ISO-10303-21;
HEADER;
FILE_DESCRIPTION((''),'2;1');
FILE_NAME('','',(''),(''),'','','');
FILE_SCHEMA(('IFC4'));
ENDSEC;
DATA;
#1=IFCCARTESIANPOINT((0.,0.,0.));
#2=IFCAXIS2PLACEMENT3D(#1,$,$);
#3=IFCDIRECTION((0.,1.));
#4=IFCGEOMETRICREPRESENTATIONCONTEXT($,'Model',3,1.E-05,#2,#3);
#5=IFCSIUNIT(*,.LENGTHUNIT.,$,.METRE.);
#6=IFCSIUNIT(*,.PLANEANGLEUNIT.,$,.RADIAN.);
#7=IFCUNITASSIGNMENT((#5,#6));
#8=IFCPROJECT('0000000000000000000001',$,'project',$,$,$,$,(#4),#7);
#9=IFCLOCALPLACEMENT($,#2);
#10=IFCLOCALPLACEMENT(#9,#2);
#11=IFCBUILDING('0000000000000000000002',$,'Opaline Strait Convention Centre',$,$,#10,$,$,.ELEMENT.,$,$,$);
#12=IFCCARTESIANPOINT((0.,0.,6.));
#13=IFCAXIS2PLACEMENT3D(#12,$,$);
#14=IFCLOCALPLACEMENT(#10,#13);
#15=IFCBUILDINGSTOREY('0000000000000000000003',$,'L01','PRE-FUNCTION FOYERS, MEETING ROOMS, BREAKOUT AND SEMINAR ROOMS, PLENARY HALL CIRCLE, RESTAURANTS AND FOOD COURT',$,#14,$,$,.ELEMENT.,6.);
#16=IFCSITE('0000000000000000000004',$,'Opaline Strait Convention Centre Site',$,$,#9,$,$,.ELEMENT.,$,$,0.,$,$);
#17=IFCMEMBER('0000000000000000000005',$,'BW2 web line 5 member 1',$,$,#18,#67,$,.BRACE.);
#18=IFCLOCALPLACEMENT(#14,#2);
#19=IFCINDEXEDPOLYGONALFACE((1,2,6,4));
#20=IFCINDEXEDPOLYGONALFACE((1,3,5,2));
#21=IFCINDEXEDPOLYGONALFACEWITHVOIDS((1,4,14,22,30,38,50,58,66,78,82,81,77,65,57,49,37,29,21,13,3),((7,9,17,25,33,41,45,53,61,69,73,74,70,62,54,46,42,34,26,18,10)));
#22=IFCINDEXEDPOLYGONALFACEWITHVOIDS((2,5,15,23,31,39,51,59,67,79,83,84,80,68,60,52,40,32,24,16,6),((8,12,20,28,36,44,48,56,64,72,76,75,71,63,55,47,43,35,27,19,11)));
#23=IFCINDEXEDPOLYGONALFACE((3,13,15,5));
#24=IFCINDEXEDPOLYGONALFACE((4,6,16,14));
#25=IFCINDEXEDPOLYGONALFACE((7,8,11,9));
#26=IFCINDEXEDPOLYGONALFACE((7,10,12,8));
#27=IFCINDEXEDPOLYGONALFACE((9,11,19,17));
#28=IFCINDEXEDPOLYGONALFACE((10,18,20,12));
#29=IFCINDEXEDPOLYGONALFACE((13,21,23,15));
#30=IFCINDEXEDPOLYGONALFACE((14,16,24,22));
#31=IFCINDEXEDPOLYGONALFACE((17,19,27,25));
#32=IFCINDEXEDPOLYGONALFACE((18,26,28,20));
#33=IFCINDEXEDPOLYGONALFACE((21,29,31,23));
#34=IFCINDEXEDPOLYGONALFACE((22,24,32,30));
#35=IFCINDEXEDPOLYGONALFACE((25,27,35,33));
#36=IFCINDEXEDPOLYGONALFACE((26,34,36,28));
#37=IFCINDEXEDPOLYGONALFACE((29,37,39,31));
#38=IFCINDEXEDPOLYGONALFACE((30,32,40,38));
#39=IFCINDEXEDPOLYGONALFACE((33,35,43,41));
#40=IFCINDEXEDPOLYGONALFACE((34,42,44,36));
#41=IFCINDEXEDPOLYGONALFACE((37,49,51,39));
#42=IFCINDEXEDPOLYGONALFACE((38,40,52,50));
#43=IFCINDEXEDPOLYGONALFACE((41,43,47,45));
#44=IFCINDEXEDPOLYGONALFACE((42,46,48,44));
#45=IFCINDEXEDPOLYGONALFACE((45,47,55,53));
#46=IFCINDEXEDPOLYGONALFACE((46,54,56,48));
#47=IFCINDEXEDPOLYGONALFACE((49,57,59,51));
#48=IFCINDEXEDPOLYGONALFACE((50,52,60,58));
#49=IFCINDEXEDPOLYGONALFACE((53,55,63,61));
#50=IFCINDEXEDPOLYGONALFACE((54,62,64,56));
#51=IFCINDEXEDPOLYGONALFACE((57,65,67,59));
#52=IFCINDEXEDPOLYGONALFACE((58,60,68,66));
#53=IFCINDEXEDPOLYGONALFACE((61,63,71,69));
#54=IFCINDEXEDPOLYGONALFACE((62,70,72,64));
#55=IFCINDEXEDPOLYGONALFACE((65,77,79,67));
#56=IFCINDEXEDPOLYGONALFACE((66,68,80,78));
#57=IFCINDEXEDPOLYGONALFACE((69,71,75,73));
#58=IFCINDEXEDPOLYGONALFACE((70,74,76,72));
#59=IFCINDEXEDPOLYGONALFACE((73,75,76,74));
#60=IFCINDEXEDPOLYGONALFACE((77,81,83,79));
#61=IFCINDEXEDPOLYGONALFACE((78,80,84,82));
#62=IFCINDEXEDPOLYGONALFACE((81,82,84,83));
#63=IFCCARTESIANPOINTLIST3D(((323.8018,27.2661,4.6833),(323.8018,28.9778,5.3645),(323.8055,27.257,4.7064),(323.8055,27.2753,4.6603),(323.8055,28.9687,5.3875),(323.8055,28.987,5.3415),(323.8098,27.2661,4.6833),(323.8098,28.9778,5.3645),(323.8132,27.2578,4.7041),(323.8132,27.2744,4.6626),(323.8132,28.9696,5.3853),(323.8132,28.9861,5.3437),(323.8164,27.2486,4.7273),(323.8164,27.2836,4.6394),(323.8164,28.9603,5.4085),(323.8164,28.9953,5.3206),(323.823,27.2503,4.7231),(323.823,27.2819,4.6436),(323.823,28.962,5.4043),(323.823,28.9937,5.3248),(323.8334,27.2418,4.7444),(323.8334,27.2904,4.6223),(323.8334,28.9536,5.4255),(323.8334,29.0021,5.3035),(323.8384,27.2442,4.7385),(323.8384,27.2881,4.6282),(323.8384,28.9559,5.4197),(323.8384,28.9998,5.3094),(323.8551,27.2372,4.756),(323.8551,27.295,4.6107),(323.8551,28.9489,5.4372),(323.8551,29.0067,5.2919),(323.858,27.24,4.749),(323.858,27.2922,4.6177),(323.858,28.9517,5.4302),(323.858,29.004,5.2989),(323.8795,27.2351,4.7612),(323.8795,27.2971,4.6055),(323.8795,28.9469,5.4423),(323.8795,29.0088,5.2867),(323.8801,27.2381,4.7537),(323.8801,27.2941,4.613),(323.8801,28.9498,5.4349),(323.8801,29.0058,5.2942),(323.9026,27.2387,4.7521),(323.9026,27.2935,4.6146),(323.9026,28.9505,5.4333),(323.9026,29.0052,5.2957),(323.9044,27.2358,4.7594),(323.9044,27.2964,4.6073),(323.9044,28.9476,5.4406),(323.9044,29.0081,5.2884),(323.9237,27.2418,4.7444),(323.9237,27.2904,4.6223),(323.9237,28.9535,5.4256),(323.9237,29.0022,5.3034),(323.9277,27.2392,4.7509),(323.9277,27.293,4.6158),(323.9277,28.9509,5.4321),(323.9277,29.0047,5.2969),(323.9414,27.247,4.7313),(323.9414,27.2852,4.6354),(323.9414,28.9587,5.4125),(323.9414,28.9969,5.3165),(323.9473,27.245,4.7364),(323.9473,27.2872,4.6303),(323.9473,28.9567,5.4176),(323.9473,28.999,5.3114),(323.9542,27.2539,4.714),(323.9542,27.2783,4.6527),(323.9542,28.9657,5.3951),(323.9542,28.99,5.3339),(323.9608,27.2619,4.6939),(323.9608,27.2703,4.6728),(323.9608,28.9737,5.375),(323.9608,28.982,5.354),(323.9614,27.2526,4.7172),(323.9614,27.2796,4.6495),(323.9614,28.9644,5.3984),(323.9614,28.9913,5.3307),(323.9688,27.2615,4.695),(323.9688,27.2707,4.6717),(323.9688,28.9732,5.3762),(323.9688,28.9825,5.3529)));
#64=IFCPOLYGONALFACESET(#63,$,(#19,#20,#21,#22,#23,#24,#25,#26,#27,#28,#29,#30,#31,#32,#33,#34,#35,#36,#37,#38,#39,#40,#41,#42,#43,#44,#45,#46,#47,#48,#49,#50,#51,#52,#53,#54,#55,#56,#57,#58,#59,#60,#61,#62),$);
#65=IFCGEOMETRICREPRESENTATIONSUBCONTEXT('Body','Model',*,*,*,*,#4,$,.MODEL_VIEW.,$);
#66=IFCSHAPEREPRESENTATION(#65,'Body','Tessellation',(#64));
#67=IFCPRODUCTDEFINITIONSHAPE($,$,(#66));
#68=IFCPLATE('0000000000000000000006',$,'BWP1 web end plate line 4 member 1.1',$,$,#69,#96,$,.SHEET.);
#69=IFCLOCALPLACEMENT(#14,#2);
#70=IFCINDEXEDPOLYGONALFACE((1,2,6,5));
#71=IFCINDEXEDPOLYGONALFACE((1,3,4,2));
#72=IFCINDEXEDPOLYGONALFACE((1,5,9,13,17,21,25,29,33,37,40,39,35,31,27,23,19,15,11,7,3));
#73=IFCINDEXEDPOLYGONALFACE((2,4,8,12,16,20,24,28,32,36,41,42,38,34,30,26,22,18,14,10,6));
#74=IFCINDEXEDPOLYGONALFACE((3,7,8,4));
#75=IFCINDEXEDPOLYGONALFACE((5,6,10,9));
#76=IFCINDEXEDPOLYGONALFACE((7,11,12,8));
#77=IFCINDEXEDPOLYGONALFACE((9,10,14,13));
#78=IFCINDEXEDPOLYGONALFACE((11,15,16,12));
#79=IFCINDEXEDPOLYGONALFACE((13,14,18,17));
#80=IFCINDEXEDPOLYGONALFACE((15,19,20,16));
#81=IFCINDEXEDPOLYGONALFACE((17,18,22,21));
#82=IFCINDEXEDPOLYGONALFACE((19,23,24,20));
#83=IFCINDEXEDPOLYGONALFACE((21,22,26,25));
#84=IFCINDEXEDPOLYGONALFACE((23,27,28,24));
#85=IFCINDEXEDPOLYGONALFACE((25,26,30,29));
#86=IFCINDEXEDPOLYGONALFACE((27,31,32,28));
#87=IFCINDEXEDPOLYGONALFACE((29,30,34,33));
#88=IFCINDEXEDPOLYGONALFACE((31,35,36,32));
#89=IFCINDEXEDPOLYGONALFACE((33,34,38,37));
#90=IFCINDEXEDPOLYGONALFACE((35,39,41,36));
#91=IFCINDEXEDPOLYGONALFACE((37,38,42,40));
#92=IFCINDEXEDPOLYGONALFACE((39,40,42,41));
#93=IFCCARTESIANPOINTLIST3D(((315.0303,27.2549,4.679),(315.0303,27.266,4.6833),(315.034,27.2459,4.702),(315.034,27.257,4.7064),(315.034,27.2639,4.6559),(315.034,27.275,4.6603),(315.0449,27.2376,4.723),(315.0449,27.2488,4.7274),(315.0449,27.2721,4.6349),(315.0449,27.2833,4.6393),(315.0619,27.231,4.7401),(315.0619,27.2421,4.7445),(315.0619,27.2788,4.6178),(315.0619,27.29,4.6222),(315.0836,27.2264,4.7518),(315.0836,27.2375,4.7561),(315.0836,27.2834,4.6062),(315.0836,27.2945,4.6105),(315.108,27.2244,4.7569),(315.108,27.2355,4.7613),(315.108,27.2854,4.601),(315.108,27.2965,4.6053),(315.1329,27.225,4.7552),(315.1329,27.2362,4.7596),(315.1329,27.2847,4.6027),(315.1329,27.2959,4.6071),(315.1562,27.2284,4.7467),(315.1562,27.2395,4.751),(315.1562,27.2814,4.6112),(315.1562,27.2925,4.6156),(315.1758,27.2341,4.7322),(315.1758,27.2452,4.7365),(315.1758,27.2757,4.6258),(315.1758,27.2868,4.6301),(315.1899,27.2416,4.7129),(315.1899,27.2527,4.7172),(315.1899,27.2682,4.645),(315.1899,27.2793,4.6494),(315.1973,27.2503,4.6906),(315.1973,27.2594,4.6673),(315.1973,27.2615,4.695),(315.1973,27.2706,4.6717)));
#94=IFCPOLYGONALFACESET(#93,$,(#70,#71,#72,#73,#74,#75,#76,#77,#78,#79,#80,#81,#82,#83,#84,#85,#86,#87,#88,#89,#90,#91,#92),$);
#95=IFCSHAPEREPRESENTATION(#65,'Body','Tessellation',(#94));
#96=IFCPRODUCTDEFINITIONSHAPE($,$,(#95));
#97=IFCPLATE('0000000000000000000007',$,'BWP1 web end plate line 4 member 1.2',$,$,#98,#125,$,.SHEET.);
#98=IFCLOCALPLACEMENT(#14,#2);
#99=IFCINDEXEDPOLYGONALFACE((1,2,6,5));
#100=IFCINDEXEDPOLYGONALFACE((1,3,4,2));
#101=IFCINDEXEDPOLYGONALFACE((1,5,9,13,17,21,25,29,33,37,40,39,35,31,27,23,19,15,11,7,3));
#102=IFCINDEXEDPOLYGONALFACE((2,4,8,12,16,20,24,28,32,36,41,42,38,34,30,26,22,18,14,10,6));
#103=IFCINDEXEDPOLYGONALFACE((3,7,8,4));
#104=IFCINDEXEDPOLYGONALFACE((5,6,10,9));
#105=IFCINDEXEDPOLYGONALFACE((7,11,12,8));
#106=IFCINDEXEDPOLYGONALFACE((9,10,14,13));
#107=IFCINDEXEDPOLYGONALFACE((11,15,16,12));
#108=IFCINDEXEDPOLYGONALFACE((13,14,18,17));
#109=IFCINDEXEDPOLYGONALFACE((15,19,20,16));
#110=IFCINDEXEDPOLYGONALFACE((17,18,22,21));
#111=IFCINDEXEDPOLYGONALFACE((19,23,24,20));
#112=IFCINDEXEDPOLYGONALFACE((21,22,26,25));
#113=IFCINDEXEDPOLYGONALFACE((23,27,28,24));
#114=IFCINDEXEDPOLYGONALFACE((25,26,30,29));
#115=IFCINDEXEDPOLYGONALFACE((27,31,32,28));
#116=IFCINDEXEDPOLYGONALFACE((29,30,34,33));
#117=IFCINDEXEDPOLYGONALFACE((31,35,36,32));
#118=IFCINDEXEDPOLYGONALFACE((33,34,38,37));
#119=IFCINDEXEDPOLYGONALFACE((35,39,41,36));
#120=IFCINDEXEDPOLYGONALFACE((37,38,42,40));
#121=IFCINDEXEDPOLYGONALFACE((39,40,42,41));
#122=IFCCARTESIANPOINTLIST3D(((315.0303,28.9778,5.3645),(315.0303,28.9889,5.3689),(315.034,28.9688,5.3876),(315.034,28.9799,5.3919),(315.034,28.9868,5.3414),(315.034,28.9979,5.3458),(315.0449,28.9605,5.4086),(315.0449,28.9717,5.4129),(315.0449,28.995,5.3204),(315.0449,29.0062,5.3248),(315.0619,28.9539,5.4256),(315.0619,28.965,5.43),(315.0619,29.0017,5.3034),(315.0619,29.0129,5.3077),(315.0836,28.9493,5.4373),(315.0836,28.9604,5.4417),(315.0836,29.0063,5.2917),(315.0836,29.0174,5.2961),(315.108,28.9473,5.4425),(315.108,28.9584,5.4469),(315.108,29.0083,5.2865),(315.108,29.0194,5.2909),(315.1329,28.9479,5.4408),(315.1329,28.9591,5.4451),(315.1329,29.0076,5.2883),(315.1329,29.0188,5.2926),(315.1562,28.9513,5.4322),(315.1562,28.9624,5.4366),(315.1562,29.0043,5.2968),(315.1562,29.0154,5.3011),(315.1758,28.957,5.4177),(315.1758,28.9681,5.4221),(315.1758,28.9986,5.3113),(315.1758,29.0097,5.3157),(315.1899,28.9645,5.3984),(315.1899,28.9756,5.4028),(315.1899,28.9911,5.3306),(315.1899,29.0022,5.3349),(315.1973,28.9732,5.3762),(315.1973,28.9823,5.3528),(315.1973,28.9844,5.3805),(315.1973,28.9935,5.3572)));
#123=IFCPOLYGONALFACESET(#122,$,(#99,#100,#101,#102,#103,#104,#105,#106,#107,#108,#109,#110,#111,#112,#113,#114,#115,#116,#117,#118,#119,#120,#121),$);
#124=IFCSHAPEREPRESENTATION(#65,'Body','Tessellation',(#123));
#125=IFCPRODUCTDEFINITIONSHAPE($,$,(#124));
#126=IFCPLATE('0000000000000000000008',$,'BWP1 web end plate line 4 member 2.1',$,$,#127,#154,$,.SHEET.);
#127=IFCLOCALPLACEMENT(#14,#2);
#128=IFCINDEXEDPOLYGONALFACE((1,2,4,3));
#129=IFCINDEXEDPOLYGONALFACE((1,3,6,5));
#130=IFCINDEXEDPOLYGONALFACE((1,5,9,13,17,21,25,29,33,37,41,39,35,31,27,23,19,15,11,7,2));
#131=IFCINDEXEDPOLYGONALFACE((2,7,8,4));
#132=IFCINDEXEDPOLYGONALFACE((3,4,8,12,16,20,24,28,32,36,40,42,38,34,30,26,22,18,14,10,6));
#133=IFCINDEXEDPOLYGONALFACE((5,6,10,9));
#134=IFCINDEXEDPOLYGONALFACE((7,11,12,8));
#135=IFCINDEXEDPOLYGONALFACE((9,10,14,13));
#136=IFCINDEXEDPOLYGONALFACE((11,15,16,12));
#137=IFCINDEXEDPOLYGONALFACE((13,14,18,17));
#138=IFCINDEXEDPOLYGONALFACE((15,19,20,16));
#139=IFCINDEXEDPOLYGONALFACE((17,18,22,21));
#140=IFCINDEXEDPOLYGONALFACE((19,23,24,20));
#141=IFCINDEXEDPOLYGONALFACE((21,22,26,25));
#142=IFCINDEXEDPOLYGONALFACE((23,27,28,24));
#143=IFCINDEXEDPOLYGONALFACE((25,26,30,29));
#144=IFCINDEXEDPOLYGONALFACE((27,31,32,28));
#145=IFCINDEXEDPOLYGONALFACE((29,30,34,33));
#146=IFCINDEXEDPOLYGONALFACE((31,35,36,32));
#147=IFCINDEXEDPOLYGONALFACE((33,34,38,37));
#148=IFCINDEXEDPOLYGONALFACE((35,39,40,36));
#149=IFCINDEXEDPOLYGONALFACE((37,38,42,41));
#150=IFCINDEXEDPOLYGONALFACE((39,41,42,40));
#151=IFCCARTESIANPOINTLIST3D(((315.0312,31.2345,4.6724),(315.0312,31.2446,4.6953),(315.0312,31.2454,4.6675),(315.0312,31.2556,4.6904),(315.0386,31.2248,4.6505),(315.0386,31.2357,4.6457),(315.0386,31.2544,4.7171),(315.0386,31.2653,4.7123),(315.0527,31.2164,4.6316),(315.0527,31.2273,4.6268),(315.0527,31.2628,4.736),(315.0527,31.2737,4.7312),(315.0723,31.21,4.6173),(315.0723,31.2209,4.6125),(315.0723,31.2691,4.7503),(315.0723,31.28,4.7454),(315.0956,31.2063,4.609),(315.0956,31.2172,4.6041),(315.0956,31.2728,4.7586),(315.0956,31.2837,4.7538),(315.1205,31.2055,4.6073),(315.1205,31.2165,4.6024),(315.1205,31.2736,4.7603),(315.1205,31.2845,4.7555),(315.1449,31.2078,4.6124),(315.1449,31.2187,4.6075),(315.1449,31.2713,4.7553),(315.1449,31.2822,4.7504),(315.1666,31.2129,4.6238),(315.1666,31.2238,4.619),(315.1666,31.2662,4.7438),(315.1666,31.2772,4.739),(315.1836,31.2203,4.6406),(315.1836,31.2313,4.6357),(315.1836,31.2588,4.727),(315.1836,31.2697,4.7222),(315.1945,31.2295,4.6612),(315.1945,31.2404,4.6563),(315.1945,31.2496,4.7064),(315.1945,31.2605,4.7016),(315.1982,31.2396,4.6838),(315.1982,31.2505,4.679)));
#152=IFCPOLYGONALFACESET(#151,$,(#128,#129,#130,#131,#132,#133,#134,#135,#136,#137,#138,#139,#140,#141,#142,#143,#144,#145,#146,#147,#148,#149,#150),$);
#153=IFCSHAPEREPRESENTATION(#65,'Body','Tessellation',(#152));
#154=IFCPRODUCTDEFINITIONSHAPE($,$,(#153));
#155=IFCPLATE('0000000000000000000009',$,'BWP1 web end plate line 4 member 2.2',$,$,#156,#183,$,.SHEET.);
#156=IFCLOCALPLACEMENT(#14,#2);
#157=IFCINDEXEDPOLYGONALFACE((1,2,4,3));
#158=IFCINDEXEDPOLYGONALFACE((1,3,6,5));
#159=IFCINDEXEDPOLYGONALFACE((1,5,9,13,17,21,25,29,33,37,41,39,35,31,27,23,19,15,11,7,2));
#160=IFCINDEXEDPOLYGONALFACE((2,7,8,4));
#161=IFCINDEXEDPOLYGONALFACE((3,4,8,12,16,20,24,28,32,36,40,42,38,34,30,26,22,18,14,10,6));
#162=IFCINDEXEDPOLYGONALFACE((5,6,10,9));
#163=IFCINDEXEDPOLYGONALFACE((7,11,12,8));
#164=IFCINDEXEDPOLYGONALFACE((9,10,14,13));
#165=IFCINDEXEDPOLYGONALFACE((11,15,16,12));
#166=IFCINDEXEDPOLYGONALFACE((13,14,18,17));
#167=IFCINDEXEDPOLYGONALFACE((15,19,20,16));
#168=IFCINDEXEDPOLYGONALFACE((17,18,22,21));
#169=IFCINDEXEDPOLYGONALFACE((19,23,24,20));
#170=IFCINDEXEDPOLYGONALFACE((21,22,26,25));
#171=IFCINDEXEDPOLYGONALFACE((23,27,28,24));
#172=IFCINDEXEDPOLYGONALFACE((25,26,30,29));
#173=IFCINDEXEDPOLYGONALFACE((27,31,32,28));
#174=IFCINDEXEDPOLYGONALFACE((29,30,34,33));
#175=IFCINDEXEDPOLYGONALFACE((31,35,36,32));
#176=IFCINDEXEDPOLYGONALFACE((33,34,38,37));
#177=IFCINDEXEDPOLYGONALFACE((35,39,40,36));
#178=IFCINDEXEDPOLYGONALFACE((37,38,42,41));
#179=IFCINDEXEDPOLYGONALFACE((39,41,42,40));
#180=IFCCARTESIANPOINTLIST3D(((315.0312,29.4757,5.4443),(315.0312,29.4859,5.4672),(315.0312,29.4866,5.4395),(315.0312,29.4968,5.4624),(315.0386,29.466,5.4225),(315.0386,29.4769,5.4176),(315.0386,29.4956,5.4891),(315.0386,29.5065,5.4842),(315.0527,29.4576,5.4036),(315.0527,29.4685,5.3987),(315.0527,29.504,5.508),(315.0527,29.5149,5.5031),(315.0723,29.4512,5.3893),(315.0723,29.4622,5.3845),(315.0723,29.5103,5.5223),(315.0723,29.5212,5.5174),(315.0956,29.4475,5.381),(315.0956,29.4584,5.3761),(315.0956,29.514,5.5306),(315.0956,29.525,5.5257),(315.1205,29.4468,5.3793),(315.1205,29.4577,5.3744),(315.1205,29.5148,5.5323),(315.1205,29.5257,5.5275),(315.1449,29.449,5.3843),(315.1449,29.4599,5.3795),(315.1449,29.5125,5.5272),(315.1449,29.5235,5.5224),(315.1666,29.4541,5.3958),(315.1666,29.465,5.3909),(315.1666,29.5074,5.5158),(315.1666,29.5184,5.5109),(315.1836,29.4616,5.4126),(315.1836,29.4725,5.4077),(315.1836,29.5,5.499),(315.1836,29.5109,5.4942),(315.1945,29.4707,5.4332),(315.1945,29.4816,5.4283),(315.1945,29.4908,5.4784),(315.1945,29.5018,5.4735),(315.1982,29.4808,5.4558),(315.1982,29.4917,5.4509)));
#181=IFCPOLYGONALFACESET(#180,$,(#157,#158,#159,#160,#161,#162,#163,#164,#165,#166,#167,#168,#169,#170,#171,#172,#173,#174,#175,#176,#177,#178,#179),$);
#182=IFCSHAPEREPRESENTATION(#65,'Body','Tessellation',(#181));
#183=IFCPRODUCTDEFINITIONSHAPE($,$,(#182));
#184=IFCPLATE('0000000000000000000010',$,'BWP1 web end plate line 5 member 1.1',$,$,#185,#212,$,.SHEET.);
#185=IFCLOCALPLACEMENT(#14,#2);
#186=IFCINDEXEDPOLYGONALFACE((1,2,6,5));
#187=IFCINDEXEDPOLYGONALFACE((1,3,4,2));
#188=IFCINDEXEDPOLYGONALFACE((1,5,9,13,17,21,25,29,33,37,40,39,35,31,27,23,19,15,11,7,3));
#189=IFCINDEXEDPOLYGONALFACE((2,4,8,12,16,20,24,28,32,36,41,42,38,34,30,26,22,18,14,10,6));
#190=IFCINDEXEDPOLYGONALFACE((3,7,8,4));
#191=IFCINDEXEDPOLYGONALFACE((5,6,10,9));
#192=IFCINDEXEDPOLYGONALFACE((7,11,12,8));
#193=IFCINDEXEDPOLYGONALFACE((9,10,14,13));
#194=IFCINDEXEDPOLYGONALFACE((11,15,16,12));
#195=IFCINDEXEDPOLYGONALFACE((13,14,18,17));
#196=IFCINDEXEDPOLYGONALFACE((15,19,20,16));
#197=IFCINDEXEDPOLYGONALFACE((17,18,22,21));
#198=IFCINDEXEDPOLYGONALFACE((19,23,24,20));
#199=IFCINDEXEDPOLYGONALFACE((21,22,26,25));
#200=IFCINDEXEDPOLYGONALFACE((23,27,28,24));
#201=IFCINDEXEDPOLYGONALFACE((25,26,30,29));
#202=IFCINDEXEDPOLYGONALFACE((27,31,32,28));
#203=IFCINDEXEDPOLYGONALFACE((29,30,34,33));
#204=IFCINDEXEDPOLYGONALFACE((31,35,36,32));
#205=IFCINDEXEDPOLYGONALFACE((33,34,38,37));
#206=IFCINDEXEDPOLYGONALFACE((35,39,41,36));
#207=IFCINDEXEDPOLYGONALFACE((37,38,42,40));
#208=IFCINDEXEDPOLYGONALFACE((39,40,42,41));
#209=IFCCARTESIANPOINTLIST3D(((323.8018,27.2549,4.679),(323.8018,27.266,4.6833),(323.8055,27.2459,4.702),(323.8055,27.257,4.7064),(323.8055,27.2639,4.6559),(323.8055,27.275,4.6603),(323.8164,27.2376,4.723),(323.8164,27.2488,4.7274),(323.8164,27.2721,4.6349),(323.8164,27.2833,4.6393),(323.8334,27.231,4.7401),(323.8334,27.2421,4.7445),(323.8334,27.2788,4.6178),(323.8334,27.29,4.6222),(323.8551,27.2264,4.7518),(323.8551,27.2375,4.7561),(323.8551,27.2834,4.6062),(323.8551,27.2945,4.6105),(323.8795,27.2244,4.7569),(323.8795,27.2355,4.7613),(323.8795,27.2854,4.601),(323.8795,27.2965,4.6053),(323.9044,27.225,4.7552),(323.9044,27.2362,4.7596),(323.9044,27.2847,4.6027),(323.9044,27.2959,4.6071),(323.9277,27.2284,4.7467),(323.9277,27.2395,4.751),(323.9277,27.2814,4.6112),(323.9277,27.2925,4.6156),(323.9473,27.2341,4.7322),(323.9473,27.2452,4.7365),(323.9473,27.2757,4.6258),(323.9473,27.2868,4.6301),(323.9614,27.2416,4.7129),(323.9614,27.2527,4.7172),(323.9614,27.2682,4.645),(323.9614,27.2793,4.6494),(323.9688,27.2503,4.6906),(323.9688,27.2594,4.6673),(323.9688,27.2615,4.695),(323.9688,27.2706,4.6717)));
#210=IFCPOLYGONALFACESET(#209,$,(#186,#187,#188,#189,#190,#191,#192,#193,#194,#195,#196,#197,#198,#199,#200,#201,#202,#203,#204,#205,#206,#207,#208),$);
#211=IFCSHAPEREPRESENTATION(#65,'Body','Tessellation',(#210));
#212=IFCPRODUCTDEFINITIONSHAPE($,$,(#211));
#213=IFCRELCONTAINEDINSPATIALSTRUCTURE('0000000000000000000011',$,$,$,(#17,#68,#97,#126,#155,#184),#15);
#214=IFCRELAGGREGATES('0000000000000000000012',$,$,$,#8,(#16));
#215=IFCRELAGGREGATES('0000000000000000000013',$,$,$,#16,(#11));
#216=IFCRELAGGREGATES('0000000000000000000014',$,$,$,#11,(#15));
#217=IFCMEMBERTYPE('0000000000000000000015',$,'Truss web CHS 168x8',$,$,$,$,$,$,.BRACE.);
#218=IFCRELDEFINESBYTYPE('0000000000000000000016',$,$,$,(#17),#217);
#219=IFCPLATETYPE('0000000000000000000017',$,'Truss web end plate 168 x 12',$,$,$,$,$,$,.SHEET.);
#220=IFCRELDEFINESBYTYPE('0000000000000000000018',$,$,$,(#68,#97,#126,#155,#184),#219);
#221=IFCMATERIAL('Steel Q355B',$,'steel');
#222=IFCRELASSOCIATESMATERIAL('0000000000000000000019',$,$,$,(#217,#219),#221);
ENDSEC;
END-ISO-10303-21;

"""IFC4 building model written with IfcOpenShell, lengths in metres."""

from ifc_helpers import new_model, si_unit, direction, frame, origin, origin_2d, place, context, subcontext, project, spatial, circle, hollow_circle, extrude, material, material_profile, profile_set, type_object, element, save


model = new_model("IFC4")

# Units and contexts
model_context = context("Model", 3, precision=1e-05, world=origin(), true_north=direction((0.0, 1.0)))
body_context = subcontext(model_context, "Body", "Model", "MODEL_VIEW")
ifc_project = project(units=[si_unit("LENGTHUNIT", "METRE"), si_unit("PLANEANGLEUNIT", "RADIAN")], contexts=[model_context])

# Site, building, storey
site_placement = place(None, origin())
site = spatial("IfcSite", under=ifc_project, at=site_placement, Name="Opaline Strait Convention Centre Site", CompositionType="ELEMENT", RefElevation=0.0)
building_placement = place(site_placement, origin())
building = spatial("IfcBuilding", under=site, at=building_placement, Name="Opaline Strait Convention Centre", CompositionType="ELEMENT")
storey_placement = place(building_placement, frame((0.0, 0.0, 6.0)))
storey = spatial("IfcBuildingStorey", under=building, at=storey_placement, Name="L01", Description="PRE-FUNCTION FOYERS, MEETING ROOMS, BREAKOUT AND SEMINAR ROOMS, PLENARY HALL CIRCLE, RESTAURANTS AND FOOD COURT", CompositionType="ELEMENT", Elevation=6.0)

# Member
ifc_material_1 = material(Name="Steel Q355B", Category="steel")
ifc_material_profile_1 = material_profile(ifc_material_1, hollow_circle(Radius=0.084, WallThickness=0.0081, at=origin_2d()), Name="CHS 168x8")
ifc_profile_set_1 = profile_set([ifc_material_profile_1], Name="Steel Q355B")
member_type_1 = type_object("IfcMemberType", Name="Truss web CHS 168x8", PredefinedType="BRACE", material=ifc_profile_set_1)
member_1_placement = place(storey_placement, frame((323.8857, 27.2661, 4.6833), z_axis=(0.0, 0.929133, 0.369745), x_axis=(-1.0, 0.0, 0.0)))
element("IfcMember", 1, at=member_1_placement, inside=storey, type_object=member_type_1, Name="BW2 web line 5 member 1", PredefinedType="BRACE", context=body_context, shape_type="SweptSolid", body=[
    extrude(hollow_circle(Radius=0.084, WallThickness=0.0081, at=origin_2d()), origin(), (0.0, 0.0, 1.0), 1.8423),
])

# Plates
ifc_material_profile_2 = material_profile(ifc_material_1, circle(Radius=0.084, at=origin_2d()), Name="D168")
ifc_profile_set_2 = profile_set([ifc_material_profile_2], Name="Steel Q355B")
plate_type = type_object("IfcPlateType", Name="Truss web end plate 168 x 12", PredefinedType="SHEET", material=ifc_profile_set_2)
for number, where, z_axis, x_axis, name in (
    (2, (315.1143, 27.2549, 4.679), (0.0, 0.931243, 0.364399), (-1.0, 0.0, 0.0), "BWP1 web end plate line 4 member 1.1"),
    (3, (315.1143, 28.9778, 5.3645), (0.0, 0.931243, 0.364399), (-1.0, 0.0, 0.0), "BWP1 web end plate line 4 member 1.2"),
    (4, (315.1143, 31.2505, 4.679), (0.0, -0.913812, 0.406138), (1.0, 0.0, 0.0), "BWP1 web end plate line 4 member 2.1"),
    (5, (315.1143, 29.4917, 5.4509), (0.0, -0.913812, 0.406138), (1.0, 0.0, 0.0), "BWP1 web end plate line 4 member 2.2"),
    (6, (323.8857, 27.2549, 4.679), (0.0, 0.931243, 0.364399), (-1.0, 0.0, 0.0), "BWP1 web end plate line 5 member 1.1"),
):
    element("IfcPlate", number, at=place(storey_placement, frame(where, z_axis=z_axis, x_axis=x_axis)), inside=storey, type_object=plate_type, Name=name, PredefinedType="SHEET", context=body_context, shape_type="SweptSolid", body=[
        extrude(circle(Radius=0.084, at=origin_2d()), origin(), (0.0, 0.0, 1.0), 0.012),
    ])

save(model, "model.ifc")
